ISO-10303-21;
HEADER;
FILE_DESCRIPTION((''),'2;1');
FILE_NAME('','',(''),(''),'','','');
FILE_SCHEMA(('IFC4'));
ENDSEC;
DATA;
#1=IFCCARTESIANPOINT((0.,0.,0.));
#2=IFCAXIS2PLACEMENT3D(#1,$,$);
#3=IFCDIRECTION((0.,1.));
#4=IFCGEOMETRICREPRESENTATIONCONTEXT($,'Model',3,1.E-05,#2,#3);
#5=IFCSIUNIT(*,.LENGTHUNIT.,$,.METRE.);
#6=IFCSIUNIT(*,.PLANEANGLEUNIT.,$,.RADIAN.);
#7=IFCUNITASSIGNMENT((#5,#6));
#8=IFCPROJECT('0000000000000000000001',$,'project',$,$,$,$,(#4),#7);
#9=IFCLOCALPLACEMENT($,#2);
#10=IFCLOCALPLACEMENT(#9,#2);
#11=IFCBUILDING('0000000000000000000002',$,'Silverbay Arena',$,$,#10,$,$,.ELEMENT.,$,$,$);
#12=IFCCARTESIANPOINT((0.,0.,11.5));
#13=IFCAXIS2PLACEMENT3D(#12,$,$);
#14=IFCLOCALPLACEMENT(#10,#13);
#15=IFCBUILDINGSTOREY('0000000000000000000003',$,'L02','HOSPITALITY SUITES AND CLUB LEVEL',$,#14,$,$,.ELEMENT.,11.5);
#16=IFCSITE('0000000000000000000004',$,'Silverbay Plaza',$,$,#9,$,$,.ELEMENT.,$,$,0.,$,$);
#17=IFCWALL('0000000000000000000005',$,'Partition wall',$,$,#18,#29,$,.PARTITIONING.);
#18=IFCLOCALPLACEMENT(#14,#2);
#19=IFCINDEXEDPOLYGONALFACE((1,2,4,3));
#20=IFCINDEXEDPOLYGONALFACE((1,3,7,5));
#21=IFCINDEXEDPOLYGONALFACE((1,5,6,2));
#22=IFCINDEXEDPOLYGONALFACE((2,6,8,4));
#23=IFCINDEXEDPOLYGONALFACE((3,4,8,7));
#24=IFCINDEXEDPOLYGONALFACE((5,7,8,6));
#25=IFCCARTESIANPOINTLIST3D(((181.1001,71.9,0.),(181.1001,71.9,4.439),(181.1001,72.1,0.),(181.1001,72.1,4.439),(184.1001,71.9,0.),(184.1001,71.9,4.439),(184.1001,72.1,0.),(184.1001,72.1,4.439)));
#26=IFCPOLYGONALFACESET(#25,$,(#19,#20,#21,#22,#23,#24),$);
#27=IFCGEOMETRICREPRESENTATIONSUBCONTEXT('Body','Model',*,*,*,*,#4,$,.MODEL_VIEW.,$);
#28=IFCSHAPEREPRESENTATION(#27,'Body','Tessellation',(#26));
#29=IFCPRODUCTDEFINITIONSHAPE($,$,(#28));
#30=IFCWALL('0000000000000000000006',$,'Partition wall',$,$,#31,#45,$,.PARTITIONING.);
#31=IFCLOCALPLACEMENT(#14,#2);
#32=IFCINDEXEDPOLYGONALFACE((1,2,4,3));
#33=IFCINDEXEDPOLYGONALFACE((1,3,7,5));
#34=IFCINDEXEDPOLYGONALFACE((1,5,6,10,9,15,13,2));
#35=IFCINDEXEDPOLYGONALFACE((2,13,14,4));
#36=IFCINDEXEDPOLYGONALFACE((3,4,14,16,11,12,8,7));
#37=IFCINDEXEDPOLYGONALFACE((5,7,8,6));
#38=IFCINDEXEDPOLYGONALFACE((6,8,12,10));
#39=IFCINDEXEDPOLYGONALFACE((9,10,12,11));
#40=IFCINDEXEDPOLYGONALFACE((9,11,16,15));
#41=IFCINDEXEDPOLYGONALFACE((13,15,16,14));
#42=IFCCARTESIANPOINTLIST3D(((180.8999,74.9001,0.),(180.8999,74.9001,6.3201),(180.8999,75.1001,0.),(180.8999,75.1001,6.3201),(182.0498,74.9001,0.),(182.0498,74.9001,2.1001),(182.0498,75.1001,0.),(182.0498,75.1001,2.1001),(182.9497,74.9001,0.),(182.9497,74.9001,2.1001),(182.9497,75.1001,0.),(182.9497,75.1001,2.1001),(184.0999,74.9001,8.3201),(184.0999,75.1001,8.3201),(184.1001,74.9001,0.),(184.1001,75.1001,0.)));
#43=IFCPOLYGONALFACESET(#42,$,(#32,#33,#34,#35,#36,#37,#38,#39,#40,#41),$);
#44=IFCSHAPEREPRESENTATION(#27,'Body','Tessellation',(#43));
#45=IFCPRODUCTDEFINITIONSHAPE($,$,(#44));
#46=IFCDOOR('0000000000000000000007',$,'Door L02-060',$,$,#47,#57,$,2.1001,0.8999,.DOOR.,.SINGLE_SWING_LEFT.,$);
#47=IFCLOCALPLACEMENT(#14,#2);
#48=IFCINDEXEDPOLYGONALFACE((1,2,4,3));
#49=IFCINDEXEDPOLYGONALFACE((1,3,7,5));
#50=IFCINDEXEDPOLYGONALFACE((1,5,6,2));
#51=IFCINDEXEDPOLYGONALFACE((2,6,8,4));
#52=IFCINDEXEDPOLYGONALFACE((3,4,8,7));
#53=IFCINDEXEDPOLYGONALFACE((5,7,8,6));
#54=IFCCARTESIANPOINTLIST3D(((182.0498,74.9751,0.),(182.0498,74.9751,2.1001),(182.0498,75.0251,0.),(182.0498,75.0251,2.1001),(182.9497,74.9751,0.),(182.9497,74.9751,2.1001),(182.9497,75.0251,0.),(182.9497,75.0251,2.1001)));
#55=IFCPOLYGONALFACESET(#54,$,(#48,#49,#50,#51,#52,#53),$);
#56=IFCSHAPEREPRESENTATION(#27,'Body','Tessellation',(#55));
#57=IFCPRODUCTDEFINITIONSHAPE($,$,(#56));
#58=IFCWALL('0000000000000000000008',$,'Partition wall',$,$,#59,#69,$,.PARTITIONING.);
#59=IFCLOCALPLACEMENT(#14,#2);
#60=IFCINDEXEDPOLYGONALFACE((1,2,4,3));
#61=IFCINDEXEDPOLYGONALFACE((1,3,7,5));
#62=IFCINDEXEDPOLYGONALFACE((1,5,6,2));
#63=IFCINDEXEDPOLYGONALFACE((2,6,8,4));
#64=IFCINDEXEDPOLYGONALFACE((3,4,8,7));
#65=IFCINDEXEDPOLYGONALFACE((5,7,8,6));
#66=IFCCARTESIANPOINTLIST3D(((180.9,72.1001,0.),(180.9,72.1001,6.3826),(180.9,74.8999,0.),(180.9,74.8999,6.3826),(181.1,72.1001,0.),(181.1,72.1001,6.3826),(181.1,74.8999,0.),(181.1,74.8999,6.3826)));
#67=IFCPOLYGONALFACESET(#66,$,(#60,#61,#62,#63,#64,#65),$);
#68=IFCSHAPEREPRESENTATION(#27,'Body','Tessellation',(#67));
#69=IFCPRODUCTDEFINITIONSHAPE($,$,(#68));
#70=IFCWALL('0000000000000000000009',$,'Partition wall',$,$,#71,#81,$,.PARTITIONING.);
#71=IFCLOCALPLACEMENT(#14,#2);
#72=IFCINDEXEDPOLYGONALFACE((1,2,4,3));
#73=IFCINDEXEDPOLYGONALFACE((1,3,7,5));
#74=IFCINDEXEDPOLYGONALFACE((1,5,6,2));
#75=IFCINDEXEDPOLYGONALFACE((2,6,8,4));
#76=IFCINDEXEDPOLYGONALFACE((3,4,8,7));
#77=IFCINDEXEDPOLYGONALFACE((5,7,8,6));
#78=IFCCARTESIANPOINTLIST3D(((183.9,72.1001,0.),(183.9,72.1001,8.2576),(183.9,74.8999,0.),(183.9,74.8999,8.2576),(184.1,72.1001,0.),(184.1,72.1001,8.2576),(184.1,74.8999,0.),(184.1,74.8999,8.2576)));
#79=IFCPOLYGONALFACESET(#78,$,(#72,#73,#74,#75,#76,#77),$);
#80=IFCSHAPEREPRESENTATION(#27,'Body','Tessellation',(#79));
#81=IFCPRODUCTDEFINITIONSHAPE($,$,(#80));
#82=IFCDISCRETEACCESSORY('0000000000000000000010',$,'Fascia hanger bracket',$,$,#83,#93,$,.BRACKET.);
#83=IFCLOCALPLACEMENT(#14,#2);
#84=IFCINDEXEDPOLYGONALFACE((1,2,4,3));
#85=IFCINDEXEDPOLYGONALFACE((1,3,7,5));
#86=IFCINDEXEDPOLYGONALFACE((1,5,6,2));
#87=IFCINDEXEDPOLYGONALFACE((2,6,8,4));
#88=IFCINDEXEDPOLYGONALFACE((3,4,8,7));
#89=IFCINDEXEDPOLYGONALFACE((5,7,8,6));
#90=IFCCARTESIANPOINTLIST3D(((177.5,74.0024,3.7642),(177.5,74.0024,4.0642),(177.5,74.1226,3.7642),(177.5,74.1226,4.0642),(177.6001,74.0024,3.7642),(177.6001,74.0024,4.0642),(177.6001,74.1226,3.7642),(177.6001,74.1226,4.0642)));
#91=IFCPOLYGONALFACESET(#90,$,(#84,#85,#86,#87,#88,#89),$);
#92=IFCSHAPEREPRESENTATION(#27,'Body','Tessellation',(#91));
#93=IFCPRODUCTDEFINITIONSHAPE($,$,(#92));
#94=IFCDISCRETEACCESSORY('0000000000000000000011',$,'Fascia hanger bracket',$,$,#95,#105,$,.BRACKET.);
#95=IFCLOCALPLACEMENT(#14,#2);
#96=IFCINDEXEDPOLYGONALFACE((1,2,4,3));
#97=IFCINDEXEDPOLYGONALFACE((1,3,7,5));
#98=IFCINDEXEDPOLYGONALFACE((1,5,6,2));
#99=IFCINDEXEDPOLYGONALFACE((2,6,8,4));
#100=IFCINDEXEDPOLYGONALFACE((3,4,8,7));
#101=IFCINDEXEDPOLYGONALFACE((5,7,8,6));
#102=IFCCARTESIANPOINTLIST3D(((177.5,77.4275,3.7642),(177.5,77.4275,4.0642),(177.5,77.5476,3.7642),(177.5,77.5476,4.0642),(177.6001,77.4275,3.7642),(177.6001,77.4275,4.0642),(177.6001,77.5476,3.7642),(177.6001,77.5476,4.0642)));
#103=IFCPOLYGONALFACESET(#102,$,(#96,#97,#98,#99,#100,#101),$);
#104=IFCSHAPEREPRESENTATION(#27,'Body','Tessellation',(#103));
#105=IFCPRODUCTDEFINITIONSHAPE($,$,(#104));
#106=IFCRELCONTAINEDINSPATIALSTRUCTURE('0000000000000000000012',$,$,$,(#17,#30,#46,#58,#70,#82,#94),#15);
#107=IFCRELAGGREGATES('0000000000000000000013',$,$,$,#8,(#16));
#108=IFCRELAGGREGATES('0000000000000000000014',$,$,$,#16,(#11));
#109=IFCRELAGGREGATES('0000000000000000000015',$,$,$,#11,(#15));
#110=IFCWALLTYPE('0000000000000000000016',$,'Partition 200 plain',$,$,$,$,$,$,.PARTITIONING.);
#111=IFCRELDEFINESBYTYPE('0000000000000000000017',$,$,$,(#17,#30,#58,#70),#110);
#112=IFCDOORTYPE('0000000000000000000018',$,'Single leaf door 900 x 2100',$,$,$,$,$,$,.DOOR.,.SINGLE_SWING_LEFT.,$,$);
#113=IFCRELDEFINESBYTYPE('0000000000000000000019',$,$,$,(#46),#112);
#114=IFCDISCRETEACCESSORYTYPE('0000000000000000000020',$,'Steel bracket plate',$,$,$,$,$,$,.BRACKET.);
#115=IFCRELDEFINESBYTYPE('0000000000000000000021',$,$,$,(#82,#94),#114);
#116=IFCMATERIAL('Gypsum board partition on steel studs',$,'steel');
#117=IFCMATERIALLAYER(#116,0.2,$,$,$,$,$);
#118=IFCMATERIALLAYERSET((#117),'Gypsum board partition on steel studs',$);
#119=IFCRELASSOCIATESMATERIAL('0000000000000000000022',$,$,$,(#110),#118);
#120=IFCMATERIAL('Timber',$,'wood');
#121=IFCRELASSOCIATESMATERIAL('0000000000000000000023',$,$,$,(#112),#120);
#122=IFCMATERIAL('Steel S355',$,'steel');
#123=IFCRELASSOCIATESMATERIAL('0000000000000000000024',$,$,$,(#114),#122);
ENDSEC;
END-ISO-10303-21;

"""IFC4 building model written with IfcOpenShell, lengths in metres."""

from ifc_helpers import new_model, si_unit, direction, frame, frame_2d, origin, origin_2d, place, context, subcontext, project, spatial, polyline, rectangle, outline, extrude, material, layer, layer_set, type_object, element, fill, save


model = new_model("IFC4")

# Units and contexts
model_context = context("Model", 3, precision=1e-05, world=origin(), true_north=direction((0.0, 1.0)))
body_context = subcontext(model_context, "Body", "Model", "MODEL_VIEW")
ifc_project = project(units=[si_unit("LENGTHUNIT", "METRE"), si_unit("PLANEANGLEUNIT", "RADIAN")], contexts=[model_context])

# Site, building, storey
site_placement = place(None, origin())
site = spatial("IfcSite", under=ifc_project, at=site_placement, Name="Silverbay Plaza", CompositionType="ELEMENT", RefElevation=0.0)
building_placement = place(site_placement, origin())
building = spatial("IfcBuilding", under=site, at=building_placement, Name="Silverbay Arena", CompositionType="ELEMENT")
storey_placement = place(building_placement, frame((0.0, 0.0, 11.5)))
storey = spatial("IfcBuildingStorey", under=building, at=storey_placement, Name="L02", Description="HOSPITALITY SUITES AND CLUB LEVEL", CompositionType="ELEMENT", Elevation=11.5)

# Wall
ifc_material_1 = material(Name="Gypsum board partition on steel studs", Category="steel")
ifc_layer_1 = layer(ifc_material_1, 0.2)
ifc_layer_set_1 = layer_set([ifc_layer_1], Name="Gypsum board partition on steel studs")
wall_type_1 = type_object("IfcWallType", Name="Partition 200 plain", PredefinedType="PARTITIONING", material=ifc_layer_set_1)
wall_1_placement = place(storey_placement, frame((181.1001, 72.0, 0.0), z_axis=(0.0, 0.0, 1.0), x_axis=(1.0, 0.0, 0.0)))
element("IfcWall", 1, at=wall_1_placement, inside=storey, type_object=wall_type_1, Name="Partition wall", PredefinedType="PARTITIONING", context=body_context, shape_type="SweptSolid", body=[
    extrude(rectangle(XDim=3.0, YDim=0.2, at=frame_2d((1.5, 0.0))), origin(), (0.0, 0.0, 1.0), 4.439),
])

# Wall, opening, door
wall_2_placement = place(storey_placement, frame((180.8999, 75.0, 0.0), z_axis=(0.0, 0.0, 1.0), x_axis=(1.0, 0.0, 0.0)))
wall_2 = element("IfcWall", 2, at=wall_2_placement, inside=storey, type_object=wall_type_1, Name="Partition wall", PredefinedType="PARTITIONING", context=body_context, shape_type="SweptSolid", body=[
    extrude(outline(polyline([(0.0, 0.0), (3.2002, 0.0), (3.2, 8.3201), (2.2856, 7.7485), (0.0, 6.3201), (0.0, 0.0)])), frame((0.0, 0.1001, 0.0), z_axis=(0.0, -1.0, 0.0), x_axis=(1.0, 0.0, 0.0)), (0.0, 0.0, 1.0), 0.2),
])
opening_1_placement = place(wall_2_placement, frame((1.1499, 0.0, 0.0)))
opening_1 = element("IfcOpeningElement", 3, at=opening_1_placement, cuts=wall_2, PredefinedType="OPENING", context=body_context, shape_type="SweptSolid", body=[
    extrude(rectangle(XDim=0.8999, YDim=2.1001, at=frame_2d((0.45, 1.05))), frame((0.0, 0.1099, 0.0), z_axis=(0.0, -1.0, 0.0), x_axis=(1.0, 0.0, 0.0)), (0.0, 0.0, 1.0), 0.22),
])
ifc_material_2 = material(Name="Timber", Category="wood")
door_type_1 = type_object("IfcDoorType", Name="Single leaf door 900 x 2100", OperationType="SINGLE_SWING_LEFT", PredefinedType="DOOR", material=ifc_material_2)
door_1_placement = place(opening_1_placement, frame((0.8999, 0.0, 0.0), z_axis=(0.0, 0.0, 1.0), x_axis=(-1.0, 0.0, 0.0)))
door_1 = element("IfcDoor", 4, at=door_1_placement, inside=storey, type_object=door_type_1, Name="Door L02-060", OperationType="SINGLE_SWING_LEFT", OverallHeight=2.1001, OverallWidth=0.8999, PredefinedType="DOOR", context=body_context, shape_type="SweptSolid", body=[
    extrude(rectangle(XDim=0.8999, YDim=2.1001, at=frame_2d((0.45, 1.05))), frame((0.0, 0.0249, 0.0), z_axis=(0.0, -1.0, 0.0), x_axis=(1.0, 0.0, 0.0)), (0.0, 0.0, 1.0), 0.05),
])
fill(opening_1, door_1)

# Walls
wall_3_placement = place(storey_placement, frame((181.0, 72.1001, 0.0), z_axis=(0.0, 0.0, 1.0), x_axis=(0.0, 1.0, 0.0)))
element("IfcWall", 5, at=wall_3_placement, inside=storey, type_object=wall_type_1, Name="Partition wall", PredefinedType="PARTITIONING", context=body_context, shape_type="SweptSolid", body=[
    extrude(rectangle(XDim=2.7998, YDim=0.2, at=frame_2d((1.3999, 0.0))), origin(), (0.0, 0.0, 1.0), 6.3826),
])
wall_4_placement = place(storey_placement, frame((184.0, 72.1001, 0.0), z_axis=(0.0, 0.0, 1.0), x_axis=(0.0, 1.0, 0.0)))
element("IfcWall", 6, at=wall_4_placement, inside=storey, type_object=wall_type_1, Name="Partition wall", PredefinedType="PARTITIONING", context=body_context, shape_type="SweptSolid", body=[
    extrude(rectangle(XDim=2.7998, YDim=0.2, at=frame_2d((1.3999, 0.0))), origin(), (0.0, 0.0, 1.0), 8.2576),
])

# Discrete accessories
ifc_material_3 = material(Name="Steel S355", Category="steel")
discrete_accessory_type = type_object("IfcDiscreteAccessoryType", Name="Steel bracket plate", PredefinedType="BRACKET", material=ifc_material_3)
for number, where, z_axis, x_axis, name in (
    (7, (177.55, 74.0625, 3.7642), (0.0, 0.0, 1.0), (0.0, 1.0, 0.0), "Fascia hanger bracket"),
    (8, (177.55, 77.4875, 3.7642), (0.0, 0.0, 1.0), (0.0, 1.0, 0.0), "Fascia hanger bracket"),
):
    element("IfcDiscreteAccessory", number, at=place(storey_placement, frame(where, z_axis=z_axis, x_axis=x_axis)), inside=storey, type_object=discrete_accessory_type, Name=name, PredefinedType="BRACKET", context=body_context, shape_type="SweptSolid", body=[
        extrude(rectangle(XDim=0.1201, YDim=0.1001, at=origin_2d()), origin(), (0.0, 0.0, 1.0), 0.3),
    ])

save(model, "model.ifc")
